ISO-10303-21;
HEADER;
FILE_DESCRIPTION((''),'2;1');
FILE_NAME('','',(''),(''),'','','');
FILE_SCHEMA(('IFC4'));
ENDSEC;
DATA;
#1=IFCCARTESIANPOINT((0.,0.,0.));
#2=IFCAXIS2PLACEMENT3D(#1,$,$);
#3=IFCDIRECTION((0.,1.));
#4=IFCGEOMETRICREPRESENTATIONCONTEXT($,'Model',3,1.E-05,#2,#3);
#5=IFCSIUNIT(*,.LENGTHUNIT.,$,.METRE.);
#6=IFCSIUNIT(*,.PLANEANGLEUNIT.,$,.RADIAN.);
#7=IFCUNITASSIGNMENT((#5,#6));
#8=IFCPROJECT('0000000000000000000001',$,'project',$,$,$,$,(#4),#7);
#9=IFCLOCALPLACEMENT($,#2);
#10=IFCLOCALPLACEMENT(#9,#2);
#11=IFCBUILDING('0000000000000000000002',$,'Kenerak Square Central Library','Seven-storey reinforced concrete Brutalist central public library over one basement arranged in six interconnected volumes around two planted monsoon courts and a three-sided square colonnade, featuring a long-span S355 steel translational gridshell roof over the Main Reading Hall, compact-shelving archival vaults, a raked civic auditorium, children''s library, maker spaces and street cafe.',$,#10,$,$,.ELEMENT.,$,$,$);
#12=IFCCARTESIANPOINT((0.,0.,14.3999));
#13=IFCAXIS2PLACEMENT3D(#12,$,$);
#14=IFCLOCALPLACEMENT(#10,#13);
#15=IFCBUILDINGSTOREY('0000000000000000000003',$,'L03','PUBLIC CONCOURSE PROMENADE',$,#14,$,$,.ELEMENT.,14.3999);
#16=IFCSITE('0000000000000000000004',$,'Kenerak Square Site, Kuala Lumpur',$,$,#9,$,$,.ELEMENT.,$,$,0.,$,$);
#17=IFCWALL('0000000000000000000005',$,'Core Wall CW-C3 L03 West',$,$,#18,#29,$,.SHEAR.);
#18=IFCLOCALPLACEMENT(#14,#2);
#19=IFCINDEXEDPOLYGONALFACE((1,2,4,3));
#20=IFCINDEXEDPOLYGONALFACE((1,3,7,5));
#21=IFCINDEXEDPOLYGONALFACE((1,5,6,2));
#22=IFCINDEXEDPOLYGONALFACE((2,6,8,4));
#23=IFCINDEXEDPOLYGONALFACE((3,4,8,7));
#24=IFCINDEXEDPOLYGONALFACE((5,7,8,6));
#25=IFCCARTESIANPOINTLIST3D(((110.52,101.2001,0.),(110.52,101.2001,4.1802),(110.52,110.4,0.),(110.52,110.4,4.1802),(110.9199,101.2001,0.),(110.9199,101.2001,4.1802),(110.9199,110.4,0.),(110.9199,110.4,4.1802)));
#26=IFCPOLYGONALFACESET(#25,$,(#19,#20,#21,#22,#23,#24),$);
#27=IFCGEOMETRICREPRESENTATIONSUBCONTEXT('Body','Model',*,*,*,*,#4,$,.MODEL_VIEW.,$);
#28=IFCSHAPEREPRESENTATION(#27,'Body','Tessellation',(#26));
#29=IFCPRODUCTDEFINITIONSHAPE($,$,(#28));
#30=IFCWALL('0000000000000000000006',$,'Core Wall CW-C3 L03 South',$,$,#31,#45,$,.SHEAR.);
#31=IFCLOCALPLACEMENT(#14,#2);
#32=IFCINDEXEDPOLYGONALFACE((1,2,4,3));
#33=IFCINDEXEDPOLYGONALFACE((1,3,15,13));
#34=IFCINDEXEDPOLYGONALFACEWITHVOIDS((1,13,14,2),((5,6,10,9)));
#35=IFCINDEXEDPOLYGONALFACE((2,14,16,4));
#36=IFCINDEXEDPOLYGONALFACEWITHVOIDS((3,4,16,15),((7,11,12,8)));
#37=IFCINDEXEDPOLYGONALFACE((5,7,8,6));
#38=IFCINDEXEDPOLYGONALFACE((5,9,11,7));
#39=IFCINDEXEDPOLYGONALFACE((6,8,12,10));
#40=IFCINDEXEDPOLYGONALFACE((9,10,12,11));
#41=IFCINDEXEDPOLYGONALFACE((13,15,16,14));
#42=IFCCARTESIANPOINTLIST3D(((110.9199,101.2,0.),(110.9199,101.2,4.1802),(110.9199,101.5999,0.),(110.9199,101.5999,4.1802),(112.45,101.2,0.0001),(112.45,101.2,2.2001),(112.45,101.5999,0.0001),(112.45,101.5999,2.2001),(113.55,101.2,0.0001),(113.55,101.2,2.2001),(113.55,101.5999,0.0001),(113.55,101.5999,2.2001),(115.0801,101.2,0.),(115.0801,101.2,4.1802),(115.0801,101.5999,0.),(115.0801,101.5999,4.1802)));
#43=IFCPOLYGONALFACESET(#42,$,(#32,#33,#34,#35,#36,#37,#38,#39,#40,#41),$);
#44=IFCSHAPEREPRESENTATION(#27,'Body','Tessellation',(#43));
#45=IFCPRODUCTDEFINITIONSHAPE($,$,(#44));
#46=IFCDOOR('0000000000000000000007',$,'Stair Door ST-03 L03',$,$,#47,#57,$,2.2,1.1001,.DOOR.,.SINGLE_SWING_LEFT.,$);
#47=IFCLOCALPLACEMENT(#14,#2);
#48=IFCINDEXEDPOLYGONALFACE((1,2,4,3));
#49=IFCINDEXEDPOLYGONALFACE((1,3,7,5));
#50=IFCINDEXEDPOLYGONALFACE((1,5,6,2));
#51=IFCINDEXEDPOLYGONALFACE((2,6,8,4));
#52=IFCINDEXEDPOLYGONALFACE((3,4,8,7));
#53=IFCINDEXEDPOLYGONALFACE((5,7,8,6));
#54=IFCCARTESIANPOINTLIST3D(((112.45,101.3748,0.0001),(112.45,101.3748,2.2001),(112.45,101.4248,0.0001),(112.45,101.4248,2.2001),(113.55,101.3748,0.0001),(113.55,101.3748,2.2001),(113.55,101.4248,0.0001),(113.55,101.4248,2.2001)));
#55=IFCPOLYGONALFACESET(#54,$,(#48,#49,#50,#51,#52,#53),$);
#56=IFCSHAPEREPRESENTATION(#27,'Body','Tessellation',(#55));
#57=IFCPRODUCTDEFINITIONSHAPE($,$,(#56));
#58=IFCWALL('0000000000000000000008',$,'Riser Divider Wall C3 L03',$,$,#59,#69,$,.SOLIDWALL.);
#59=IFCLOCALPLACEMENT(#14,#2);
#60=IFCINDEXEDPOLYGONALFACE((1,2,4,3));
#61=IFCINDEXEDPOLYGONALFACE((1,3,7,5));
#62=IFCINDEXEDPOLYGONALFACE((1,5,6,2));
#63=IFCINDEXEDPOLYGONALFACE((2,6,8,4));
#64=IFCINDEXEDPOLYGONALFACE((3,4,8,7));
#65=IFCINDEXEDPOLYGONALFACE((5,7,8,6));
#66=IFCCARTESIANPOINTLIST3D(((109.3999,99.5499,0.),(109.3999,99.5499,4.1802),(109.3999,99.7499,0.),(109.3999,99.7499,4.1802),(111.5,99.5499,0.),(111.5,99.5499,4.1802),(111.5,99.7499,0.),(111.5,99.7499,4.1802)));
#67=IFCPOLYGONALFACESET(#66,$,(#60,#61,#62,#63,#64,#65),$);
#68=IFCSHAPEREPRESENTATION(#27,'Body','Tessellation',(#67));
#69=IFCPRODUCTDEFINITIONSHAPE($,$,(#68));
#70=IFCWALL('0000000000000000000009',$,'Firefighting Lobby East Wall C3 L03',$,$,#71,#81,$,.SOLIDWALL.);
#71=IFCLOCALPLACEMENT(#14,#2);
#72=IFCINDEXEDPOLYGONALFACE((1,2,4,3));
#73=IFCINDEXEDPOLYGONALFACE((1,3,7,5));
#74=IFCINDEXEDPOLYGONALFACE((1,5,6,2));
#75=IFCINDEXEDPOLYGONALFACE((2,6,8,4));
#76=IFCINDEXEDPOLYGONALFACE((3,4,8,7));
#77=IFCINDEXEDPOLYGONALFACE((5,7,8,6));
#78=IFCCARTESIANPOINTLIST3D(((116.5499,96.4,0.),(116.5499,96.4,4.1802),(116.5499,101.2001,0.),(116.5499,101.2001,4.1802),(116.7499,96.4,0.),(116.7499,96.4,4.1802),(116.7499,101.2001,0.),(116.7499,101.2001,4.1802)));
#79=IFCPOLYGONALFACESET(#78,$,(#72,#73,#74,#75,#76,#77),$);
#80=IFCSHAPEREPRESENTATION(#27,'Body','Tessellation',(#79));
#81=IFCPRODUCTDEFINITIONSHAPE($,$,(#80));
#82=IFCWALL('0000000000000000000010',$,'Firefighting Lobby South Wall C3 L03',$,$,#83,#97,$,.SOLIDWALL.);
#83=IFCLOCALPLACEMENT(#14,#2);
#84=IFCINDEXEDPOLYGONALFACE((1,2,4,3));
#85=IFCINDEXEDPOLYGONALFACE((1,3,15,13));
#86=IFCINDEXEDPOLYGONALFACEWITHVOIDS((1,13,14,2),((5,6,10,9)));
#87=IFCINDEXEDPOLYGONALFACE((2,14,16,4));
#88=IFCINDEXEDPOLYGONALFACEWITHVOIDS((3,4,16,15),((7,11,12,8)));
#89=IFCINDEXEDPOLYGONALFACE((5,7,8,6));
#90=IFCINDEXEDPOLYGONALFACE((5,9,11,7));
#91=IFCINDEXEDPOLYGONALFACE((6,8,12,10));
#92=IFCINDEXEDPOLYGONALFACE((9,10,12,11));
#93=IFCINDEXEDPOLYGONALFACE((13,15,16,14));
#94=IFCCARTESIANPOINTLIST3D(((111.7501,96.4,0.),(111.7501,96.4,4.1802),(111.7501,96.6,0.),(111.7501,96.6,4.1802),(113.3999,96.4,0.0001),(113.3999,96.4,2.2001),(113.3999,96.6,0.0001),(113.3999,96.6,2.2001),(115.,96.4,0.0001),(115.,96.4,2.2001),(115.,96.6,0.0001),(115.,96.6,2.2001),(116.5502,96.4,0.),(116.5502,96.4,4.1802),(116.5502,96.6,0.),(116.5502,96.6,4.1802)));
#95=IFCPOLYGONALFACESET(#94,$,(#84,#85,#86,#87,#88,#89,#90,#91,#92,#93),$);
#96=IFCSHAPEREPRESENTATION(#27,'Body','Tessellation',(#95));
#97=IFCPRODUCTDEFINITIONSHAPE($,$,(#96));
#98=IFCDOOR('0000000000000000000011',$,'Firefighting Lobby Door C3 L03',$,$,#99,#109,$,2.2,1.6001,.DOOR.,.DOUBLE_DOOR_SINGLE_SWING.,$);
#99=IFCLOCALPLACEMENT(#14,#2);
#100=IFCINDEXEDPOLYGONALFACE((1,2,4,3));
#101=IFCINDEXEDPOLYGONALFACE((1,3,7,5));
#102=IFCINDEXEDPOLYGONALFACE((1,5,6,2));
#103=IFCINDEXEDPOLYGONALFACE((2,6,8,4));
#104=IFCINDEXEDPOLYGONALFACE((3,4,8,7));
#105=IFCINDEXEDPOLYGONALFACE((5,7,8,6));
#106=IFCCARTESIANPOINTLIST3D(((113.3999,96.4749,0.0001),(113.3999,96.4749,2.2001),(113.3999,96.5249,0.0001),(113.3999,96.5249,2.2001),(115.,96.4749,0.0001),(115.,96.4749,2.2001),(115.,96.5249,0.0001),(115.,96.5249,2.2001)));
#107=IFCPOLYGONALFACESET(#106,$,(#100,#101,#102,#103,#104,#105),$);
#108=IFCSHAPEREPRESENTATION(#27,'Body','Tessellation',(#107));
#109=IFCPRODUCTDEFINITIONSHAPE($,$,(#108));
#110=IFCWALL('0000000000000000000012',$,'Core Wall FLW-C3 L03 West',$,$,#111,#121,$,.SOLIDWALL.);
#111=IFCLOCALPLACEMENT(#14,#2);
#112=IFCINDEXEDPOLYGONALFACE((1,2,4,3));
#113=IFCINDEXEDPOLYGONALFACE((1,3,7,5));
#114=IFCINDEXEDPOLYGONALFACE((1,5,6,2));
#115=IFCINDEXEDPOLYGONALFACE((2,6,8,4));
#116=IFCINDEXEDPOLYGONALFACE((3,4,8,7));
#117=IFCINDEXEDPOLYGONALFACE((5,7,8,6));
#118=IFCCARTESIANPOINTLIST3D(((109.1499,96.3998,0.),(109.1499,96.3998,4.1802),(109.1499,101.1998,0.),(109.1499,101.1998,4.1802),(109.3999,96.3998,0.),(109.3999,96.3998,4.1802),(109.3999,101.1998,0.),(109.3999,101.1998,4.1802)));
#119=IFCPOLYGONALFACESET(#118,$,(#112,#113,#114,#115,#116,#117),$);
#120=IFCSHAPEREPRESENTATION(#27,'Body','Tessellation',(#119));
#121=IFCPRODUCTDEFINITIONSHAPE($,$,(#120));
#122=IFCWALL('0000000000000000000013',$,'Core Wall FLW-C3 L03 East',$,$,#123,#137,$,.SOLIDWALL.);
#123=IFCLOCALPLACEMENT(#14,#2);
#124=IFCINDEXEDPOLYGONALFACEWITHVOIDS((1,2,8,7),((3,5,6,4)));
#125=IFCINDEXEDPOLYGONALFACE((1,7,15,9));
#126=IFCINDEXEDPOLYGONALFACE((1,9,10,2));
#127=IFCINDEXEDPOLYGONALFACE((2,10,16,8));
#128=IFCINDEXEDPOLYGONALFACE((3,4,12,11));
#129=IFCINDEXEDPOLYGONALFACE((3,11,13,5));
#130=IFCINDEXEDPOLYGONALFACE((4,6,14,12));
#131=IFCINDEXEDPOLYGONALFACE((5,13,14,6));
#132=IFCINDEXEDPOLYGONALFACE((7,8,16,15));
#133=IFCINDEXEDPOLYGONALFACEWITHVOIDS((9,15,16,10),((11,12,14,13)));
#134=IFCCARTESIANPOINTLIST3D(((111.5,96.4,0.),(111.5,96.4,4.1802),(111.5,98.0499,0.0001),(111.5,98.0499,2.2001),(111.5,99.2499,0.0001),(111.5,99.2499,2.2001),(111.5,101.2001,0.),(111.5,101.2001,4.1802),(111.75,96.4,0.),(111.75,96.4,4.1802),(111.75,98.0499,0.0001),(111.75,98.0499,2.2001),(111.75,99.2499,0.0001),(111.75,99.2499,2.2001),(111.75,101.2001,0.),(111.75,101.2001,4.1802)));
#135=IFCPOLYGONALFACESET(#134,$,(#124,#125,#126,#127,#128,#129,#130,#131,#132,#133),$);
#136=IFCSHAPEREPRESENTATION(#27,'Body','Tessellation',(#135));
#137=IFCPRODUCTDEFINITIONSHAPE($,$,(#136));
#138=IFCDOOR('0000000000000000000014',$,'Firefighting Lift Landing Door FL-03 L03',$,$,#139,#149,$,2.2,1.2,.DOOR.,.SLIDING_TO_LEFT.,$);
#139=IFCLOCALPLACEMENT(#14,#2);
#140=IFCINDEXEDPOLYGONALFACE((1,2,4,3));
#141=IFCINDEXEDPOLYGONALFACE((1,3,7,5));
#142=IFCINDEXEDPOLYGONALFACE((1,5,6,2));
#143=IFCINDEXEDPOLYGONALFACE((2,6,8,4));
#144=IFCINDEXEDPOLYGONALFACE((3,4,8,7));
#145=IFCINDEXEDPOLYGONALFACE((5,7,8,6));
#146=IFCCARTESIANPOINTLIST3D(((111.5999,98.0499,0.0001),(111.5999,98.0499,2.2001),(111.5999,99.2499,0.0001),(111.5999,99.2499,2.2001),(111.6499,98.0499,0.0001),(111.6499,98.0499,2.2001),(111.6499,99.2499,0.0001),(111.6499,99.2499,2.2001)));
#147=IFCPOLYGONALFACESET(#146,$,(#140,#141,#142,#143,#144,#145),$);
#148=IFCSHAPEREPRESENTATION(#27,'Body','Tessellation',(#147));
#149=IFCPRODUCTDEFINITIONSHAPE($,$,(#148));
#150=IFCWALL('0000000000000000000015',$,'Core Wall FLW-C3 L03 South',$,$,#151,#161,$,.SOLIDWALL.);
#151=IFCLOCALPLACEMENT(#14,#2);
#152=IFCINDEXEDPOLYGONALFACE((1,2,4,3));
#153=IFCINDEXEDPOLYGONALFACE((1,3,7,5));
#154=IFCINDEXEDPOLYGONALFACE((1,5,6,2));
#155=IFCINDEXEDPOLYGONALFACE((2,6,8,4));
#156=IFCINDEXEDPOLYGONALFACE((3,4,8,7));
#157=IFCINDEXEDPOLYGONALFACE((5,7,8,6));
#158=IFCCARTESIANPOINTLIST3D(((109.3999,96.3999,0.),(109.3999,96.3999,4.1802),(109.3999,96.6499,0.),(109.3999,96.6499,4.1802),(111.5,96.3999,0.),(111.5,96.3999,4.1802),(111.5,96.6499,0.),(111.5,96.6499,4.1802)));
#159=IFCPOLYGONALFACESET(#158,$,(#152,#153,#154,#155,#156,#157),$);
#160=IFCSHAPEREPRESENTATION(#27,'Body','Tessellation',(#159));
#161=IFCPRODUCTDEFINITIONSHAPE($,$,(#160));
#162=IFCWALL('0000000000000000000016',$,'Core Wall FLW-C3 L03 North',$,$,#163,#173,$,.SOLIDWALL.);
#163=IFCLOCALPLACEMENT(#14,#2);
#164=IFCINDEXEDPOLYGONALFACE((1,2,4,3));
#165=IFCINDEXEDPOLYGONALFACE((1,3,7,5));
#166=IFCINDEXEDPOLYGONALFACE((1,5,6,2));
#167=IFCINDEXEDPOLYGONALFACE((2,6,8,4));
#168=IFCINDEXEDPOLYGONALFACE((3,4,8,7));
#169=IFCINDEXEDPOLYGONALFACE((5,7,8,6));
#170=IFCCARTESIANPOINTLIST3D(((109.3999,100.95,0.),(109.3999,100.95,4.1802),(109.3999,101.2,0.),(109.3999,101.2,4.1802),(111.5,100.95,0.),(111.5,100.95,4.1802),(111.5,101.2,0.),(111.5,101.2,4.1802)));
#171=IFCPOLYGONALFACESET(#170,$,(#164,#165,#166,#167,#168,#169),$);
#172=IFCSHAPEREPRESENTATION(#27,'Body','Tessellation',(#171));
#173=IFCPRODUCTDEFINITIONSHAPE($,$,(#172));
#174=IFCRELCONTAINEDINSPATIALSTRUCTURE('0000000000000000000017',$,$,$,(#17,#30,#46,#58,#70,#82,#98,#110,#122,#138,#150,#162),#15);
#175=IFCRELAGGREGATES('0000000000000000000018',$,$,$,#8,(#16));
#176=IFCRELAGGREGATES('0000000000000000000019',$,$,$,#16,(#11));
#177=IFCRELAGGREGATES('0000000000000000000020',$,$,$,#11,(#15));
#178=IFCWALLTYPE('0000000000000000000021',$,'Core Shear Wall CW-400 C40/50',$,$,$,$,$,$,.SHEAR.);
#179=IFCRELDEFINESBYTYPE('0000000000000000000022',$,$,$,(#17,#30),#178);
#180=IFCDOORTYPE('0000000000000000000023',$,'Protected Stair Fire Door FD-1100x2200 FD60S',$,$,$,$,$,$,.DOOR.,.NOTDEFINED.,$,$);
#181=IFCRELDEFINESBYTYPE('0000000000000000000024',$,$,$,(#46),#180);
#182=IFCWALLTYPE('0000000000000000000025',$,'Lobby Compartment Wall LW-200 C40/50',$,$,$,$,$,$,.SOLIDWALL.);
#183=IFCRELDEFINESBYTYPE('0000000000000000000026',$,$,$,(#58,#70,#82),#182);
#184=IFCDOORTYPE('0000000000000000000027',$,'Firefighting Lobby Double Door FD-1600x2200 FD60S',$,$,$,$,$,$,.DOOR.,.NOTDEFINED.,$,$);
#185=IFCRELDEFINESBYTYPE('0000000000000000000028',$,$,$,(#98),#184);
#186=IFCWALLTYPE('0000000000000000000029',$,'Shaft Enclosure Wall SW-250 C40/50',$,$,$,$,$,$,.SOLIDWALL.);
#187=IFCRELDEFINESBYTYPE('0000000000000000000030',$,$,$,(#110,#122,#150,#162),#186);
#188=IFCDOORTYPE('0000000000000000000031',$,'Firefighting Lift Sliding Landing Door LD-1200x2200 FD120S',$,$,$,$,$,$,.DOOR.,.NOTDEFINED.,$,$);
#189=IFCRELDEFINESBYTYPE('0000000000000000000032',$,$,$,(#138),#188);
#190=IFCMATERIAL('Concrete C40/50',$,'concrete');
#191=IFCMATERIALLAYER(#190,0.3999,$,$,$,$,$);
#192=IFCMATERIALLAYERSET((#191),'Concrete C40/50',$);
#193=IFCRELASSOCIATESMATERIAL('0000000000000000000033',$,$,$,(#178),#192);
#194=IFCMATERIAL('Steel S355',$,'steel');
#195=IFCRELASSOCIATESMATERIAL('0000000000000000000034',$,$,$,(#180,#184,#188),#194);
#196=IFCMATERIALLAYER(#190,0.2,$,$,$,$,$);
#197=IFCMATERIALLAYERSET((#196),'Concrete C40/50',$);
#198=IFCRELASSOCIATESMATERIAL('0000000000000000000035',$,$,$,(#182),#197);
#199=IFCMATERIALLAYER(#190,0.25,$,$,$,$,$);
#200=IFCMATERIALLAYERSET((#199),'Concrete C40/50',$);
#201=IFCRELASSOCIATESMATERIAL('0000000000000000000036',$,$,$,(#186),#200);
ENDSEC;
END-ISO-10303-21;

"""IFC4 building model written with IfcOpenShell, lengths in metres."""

from ifc_helpers import new_model, si_unit, direction, frame, frame_2d, origin, place, context, subcontext, project, spatial, rectangle, extrude, material, layer, layer_set, type_object, element, fill, save


model = new_model("IFC4")

# Units and contexts
model_context = context("Model", 3, precision=1e-05, world=origin(), true_north=direction((0.0, 1.0)))
body_context = subcontext(model_context, "Body", "Model", "MODEL_VIEW")
ifc_project = project(units=[si_unit("LENGTHUNIT", "METRE"), si_unit("PLANEANGLEUNIT", "RADIAN")], contexts=[model_context])

# Site, building, storey
site_placement = place(None, origin())
site = spatial("IfcSite", under=ifc_project, at=site_placement, Name="Kenerak Square Site, Kuala Lumpur", CompositionType="ELEMENT", RefElevation=0.0)
building_placement = place(site_placement, origin())
building = spatial("IfcBuilding", under=site, at=building_placement, Name="Kenerak Square Central Library", Description="Seven-storey reinforced concrete Brutalist central public library over one basement arranged in six interconnected volumes around two planted monsoon courts and a three-sided square colonnade, featuring a long-span S355 steel translational gridshell roof over the Main Reading Hall, compact-shelving archival vaults, a raked civic auditorium, children's library, maker spaces and street cafe.", CompositionType="ELEMENT")
storey_placement = place(building_placement, frame((0.0, 0.0, 14.3999)))
storey = spatial("IfcBuildingStorey", under=building, at=storey_placement, Name="L03", Description="PUBLIC CONCOURSE PROMENADE", CompositionType="ELEMENT", Elevation=14.3999)

# Shared definitions
ifc_material_1 = material(Name="Concrete C40/50", Category="concrete")

# Wall
ifc_layer_1 = layer(ifc_material_1, 0.3999)
ifc_layer_set_1 = layer_set([ifc_layer_1], Name="Concrete C40/50")
wall_type_1 = type_object("IfcWallType", Name="Core Shear Wall CW-400 C40/50", PredefinedType="SHEAR", material=ifc_layer_set_1)
wall_1_placement = place(storey_placement, frame((110.72, 101.2, 0.0), z_axis=(0.0, 0.0, 1.0), x_axis=(0.0, 1.0, 0.0)))
element("IfcWall", 1, at=wall_1_placement, inside=storey, type_object=wall_type_1, Name="Core Wall CW-C3 L03 West", PredefinedType="SHEAR", context=body_context, shape_type="SweptSolid", body=[
    extrude(rectangle(XDim=9.2, YDim=0.3999, at=frame_2d((4.6001, 0.0))), origin(), (0.0, 0.0, 1.0), 4.1802),
])

# Wall, opening, door
wall_2_placement = place(storey_placement, frame((115.0801, 101.3999, 0.0), z_axis=(0.0, 0.0, 1.0), x_axis=(-1.0, 0.0, 0.0)))
wall_2 = element("IfcWall", 2, at=wall_2_placement, inside=storey, type_object=wall_type_1, Name="Core Wall CW-C3 L03 South", PredefinedType="SHEAR", context=body_context, shape_type="SweptSolid", body=[
    extrude(rectangle(XDim=4.1602, YDim=0.3999, at=frame_2d((2.0801, 0.0))), origin(), (0.0, 0.0, 1.0), 4.1802),
])
opening_1_placement = place(wall_2_placement, frame((1.53, 0.0, 0.0)))
opening_1 = element("IfcOpeningElement", 3, at=opening_1_placement, cuts=wall_2, PredefinedType="OPENING", context=body_context, shape_type="SweptSolid", body=[
    extrude(rectangle(XDim=1.1001, YDim=2.2, at=frame_2d((0.55, 1.1001))), frame((0.0, 0.21, 0.0), z_axis=(0.0, -1.0, 0.0), x_axis=(1.0, 0.0, 0.0)), (0.0, 0.0, 1.0), 0.4199),
])
ifc_material_2 = material(Name="Steel S355", Category="steel")
door_type_1 = type_object("IfcDoorType", Name="Protected Stair Fire Door FD-1100x2200 FD60S", OperationType="NOTDEFINED", PredefinedType="DOOR", material=ifc_material_2)
door_1_placement = place(opening_1_placement, frame((1.1001, 0.0, 0.0), z_axis=(0.0, 0.0, 1.0), x_axis=(-1.0, 0.0, 0.0)))
door_1 = element("IfcDoor", 4, at=door_1_placement, inside=storey, type_object=door_type_1, Name="Stair Door ST-03 L03", OperationType="SINGLE_SWING_LEFT", OverallHeight=2.2, OverallWidth=1.1001, PredefinedType="DOOR", context=body_context, shape_type="SweptSolid", body=[
    extrude(rectangle(XDim=1.1001, YDim=2.2, at=frame_2d((0.55, 1.1001))), frame((0.0, 0.0249, 0.0), z_axis=(0.0, -1.0, 0.0), x_axis=(1.0, 0.0, 0.0)), (0.0, 0.0, 1.0), 0.05),
])
fill(opening_1, door_1)

# Walls
ifc_layer_2 = layer(ifc_material_1, 0.2)
ifc_layer_set_2 = layer_set([ifc_layer_2], Name="Concrete C40/50")
wall_type_2 = type_object("IfcWallType", Name="Lobby Compartment Wall LW-200 C40/50", PredefinedType="SOLIDWALL", material=ifc_layer_set_2)
wall_3_placement = place(storey_placement, frame((109.3999, 99.6499, 0.0), z_axis=(0.0, 0.0, 1.0), x_axis=(1.0, 0.0, 0.0)))
element("IfcWall", 5, at=wall_3_placement, inside=storey, type_object=wall_type_2, Name="Riser Divider Wall C3 L03", PredefinedType="SOLIDWALL", context=body_context, shape_type="SweptSolid", body=[
    extrude(rectangle(XDim=2.1001, YDim=0.2, at=frame_2d((1.05, 0.0))), origin(), (0.0, 0.0, 1.0), 4.1802),
])
wall_4_placement = place(storey_placement, frame((116.6499, 101.2, 0.0), z_axis=(0.0, 0.0, 1.0), x_axis=(0.0, -1.0, 0.0)))
element("IfcWall", 6, at=wall_4_placement, inside=storey, type_object=wall_type_2, Name="Firefighting Lobby East Wall C3 L03", PredefinedType="SOLIDWALL", context=body_context, shape_type="SweptSolid", body=[
    extrude(rectangle(XDim=4.8, YDim=0.2, at=frame_2d((2.3999, 0.0))), origin(), (0.0, 0.0, 1.0), 4.1802),
])

# Wall, opening, door
wall_5_placement = place(storey_placement, frame((116.55, 96.5, 0.0), z_axis=(0.0, 0.0, 1.0), x_axis=(-1.0, 0.0, 0.0)))
wall_5 = element("IfcWall", 7, at=wall_5_placement, inside=storey, type_object=wall_type_2, Name="Firefighting Lobby South Wall C3 L03", PredefinedType="SOLIDWALL", context=body_context, shape_type="SweptSolid", body=[
    extrude(rectangle(XDim=4.8, YDim=0.2, at=frame_2d((2.3999, 0.0))), origin(), (0.0, 0.0, 1.0), 4.1802),
])
opening_2_placement = place(wall_5_placement, frame((1.55, 0.0, 0.0)))
opening_2 = element("IfcOpeningElement", 8, at=opening_2_placement, cuts=wall_5, PredefinedType="OPENING", context=body_context, shape_type="SweptSolid", body=[
    extrude(rectangle(XDim=1.6001, YDim=2.2, at=frame_2d((0.8, 1.1001))), frame((0.0, 0.1099, 0.0), z_axis=(0.0, -1.0, 0.0), x_axis=(1.0, 0.0, 0.0)), (0.0, 0.0, 1.0), 0.22),
])
door_type_2 = type_object("IfcDoorType", Name="Firefighting Lobby Double Door FD-1600x2200 FD60S", OperationType="NOTDEFINED", PredefinedType="DOOR", material=ifc_material_2)
door_2_placement = place(opening_2_placement, frame((1.6001, 0.0, 0.0), z_axis=(0.0, 0.0, 1.0), x_axis=(-1.0, 0.0, 0.0)))
door_2 = element("IfcDoor", 9, at=door_2_placement, inside=storey, type_object=door_type_2, Name="Firefighting Lobby Door C3 L03", OperationType="DOUBLE_DOOR_SINGLE_SWING", OverallHeight=2.2, OverallWidth=1.6001, PredefinedType="DOOR", context=body_context, shape_type="SweptSolid", body=[
    extrude(rectangle(XDim=1.6001, YDim=2.2, at=frame_2d((0.8, 1.1001))), frame((0.0, 0.0249, 0.0), z_axis=(0.0, -1.0, 0.0), x_axis=(1.0, 0.0, 0.0)), (0.0, 0.0, 1.0), 0.05),
])
fill(opening_2, door_2)

# Wall
ifc_layer_3 = layer(ifc_material_1, 0.25)
ifc_layer_set_3 = layer_set([ifc_layer_3], Name="Concrete C40/50")
wall_type_3 = type_object("IfcWallType", Name="Shaft Enclosure Wall SW-250 C40/50", PredefinedType="SOLIDWALL", material=ifc_layer_set_3)
wall_6_placement = place(storey_placement, frame((109.2749, 96.3999, 0.0), z_axis=(0.0, 0.0, 1.0), x_axis=(0.0, 1.0, 0.0)))
element("IfcWall", 10, at=wall_6_placement, inside=storey, type_object=wall_type_3, Name="Core Wall FLW-C3 L03 West", PredefinedType="SOLIDWALL", context=body_context, shape_type="SweptSolid", body=[
    extrude(rectangle(XDim=4.8, YDim=0.25, at=frame_2d((2.3999, 0.0))), origin(), (0.0, 0.0, 1.0), 4.1802),
])

# Wall, opening, door
wall_7_placement = place(storey_placement, frame((111.625, 101.2, 0.0), z_axis=(0.0, 0.0, 1.0), x_axis=(0.0, -1.0, 0.0)))
wall_7 = element("IfcWall", 11, at=wall_7_placement, inside=storey, type_object=wall_type_3, Name="Core Wall FLW-C3 L03 East", PredefinedType="SOLIDWALL", context=body_context, shape_type="SweptSolid", body=[
    extrude(rectangle(XDim=4.8, YDim=0.25, at=frame_2d((2.3999, 0.0))), origin(), (0.0, 0.0, 1.0), 4.1802),
])
opening_3_placement = place(wall_7_placement, frame((1.95, 0.0, 0.0)))
opening_3 = element("IfcOpeningElement", 12, at=opening_3_placement, cuts=wall_7, PredefinedType="OPENING", context=body_context, shape_type="SweptSolid", body=[
    extrude(rectangle(XDim=1.2, YDim=2.2, at=frame_2d((0.6001, 1.1001))), frame((0.0, 0.135, 0.0), z_axis=(0.0, -1.0, 0.0), x_axis=(1.0, 0.0, 0.0)), (0.0, 0.0, 1.0), 0.27),
])
door_type_3 = type_object("IfcDoorType", Name="Firefighting Lift Sliding Landing Door LD-1200x2200 FD120S", OperationType="NOTDEFINED", PredefinedType="DOOR", material=ifc_material_2)
door_3_placement = place(opening_3_placement, origin())
door_3 = element("IfcDoor", 13, at=door_3_placement, inside=storey, type_object=door_type_3, Name="Firefighting Lift Landing Door FL-03 L03", OperationType="SLIDING_TO_LEFT", OverallHeight=2.2, OverallWidth=1.2, PredefinedType="DOOR", context=body_context, shape_type="SweptSolid", body=[
    extrude(rectangle(XDim=1.2, YDim=2.2, at=frame_2d((0.6001, 1.1001))), frame((0.0, 0.0249, 0.0), z_axis=(0.0, -1.0, 0.0), x_axis=(1.0, 0.0, 0.0)), (0.0, 0.0, 1.0), 0.05),
])
fill(opening_3, door_3)

# Walls
for number, where, z_axis, x_axis, name in (
    (14, (111.5, 96.5249, 0.0), (0.0, 0.0, 1.0), (-1.0, 0.0, 0.0), "Core Wall FLW-C3 L03 South"),
    (15, (109.3999, 101.075, 0.0), (0.0, 0.0, 1.0), (1.0, 0.0, 0.0), "Core Wall FLW-C3 L03 North"),
):
    element("IfcWall", number, at=place(storey_placement, frame(where, z_axis=z_axis, x_axis=x_axis)), inside=storey, type_object=wall_type_3, Name=name, PredefinedType="SOLIDWALL", context=body_context, shape_type="SweptSolid", body=[
        extrude(rectangle(XDim=2.1001, YDim=0.25, at=frame_2d((1.05, 0.0))), origin(), (0.0, 0.0, 1.0), 4.1802),
    ])

save(model, "model.ifc")
